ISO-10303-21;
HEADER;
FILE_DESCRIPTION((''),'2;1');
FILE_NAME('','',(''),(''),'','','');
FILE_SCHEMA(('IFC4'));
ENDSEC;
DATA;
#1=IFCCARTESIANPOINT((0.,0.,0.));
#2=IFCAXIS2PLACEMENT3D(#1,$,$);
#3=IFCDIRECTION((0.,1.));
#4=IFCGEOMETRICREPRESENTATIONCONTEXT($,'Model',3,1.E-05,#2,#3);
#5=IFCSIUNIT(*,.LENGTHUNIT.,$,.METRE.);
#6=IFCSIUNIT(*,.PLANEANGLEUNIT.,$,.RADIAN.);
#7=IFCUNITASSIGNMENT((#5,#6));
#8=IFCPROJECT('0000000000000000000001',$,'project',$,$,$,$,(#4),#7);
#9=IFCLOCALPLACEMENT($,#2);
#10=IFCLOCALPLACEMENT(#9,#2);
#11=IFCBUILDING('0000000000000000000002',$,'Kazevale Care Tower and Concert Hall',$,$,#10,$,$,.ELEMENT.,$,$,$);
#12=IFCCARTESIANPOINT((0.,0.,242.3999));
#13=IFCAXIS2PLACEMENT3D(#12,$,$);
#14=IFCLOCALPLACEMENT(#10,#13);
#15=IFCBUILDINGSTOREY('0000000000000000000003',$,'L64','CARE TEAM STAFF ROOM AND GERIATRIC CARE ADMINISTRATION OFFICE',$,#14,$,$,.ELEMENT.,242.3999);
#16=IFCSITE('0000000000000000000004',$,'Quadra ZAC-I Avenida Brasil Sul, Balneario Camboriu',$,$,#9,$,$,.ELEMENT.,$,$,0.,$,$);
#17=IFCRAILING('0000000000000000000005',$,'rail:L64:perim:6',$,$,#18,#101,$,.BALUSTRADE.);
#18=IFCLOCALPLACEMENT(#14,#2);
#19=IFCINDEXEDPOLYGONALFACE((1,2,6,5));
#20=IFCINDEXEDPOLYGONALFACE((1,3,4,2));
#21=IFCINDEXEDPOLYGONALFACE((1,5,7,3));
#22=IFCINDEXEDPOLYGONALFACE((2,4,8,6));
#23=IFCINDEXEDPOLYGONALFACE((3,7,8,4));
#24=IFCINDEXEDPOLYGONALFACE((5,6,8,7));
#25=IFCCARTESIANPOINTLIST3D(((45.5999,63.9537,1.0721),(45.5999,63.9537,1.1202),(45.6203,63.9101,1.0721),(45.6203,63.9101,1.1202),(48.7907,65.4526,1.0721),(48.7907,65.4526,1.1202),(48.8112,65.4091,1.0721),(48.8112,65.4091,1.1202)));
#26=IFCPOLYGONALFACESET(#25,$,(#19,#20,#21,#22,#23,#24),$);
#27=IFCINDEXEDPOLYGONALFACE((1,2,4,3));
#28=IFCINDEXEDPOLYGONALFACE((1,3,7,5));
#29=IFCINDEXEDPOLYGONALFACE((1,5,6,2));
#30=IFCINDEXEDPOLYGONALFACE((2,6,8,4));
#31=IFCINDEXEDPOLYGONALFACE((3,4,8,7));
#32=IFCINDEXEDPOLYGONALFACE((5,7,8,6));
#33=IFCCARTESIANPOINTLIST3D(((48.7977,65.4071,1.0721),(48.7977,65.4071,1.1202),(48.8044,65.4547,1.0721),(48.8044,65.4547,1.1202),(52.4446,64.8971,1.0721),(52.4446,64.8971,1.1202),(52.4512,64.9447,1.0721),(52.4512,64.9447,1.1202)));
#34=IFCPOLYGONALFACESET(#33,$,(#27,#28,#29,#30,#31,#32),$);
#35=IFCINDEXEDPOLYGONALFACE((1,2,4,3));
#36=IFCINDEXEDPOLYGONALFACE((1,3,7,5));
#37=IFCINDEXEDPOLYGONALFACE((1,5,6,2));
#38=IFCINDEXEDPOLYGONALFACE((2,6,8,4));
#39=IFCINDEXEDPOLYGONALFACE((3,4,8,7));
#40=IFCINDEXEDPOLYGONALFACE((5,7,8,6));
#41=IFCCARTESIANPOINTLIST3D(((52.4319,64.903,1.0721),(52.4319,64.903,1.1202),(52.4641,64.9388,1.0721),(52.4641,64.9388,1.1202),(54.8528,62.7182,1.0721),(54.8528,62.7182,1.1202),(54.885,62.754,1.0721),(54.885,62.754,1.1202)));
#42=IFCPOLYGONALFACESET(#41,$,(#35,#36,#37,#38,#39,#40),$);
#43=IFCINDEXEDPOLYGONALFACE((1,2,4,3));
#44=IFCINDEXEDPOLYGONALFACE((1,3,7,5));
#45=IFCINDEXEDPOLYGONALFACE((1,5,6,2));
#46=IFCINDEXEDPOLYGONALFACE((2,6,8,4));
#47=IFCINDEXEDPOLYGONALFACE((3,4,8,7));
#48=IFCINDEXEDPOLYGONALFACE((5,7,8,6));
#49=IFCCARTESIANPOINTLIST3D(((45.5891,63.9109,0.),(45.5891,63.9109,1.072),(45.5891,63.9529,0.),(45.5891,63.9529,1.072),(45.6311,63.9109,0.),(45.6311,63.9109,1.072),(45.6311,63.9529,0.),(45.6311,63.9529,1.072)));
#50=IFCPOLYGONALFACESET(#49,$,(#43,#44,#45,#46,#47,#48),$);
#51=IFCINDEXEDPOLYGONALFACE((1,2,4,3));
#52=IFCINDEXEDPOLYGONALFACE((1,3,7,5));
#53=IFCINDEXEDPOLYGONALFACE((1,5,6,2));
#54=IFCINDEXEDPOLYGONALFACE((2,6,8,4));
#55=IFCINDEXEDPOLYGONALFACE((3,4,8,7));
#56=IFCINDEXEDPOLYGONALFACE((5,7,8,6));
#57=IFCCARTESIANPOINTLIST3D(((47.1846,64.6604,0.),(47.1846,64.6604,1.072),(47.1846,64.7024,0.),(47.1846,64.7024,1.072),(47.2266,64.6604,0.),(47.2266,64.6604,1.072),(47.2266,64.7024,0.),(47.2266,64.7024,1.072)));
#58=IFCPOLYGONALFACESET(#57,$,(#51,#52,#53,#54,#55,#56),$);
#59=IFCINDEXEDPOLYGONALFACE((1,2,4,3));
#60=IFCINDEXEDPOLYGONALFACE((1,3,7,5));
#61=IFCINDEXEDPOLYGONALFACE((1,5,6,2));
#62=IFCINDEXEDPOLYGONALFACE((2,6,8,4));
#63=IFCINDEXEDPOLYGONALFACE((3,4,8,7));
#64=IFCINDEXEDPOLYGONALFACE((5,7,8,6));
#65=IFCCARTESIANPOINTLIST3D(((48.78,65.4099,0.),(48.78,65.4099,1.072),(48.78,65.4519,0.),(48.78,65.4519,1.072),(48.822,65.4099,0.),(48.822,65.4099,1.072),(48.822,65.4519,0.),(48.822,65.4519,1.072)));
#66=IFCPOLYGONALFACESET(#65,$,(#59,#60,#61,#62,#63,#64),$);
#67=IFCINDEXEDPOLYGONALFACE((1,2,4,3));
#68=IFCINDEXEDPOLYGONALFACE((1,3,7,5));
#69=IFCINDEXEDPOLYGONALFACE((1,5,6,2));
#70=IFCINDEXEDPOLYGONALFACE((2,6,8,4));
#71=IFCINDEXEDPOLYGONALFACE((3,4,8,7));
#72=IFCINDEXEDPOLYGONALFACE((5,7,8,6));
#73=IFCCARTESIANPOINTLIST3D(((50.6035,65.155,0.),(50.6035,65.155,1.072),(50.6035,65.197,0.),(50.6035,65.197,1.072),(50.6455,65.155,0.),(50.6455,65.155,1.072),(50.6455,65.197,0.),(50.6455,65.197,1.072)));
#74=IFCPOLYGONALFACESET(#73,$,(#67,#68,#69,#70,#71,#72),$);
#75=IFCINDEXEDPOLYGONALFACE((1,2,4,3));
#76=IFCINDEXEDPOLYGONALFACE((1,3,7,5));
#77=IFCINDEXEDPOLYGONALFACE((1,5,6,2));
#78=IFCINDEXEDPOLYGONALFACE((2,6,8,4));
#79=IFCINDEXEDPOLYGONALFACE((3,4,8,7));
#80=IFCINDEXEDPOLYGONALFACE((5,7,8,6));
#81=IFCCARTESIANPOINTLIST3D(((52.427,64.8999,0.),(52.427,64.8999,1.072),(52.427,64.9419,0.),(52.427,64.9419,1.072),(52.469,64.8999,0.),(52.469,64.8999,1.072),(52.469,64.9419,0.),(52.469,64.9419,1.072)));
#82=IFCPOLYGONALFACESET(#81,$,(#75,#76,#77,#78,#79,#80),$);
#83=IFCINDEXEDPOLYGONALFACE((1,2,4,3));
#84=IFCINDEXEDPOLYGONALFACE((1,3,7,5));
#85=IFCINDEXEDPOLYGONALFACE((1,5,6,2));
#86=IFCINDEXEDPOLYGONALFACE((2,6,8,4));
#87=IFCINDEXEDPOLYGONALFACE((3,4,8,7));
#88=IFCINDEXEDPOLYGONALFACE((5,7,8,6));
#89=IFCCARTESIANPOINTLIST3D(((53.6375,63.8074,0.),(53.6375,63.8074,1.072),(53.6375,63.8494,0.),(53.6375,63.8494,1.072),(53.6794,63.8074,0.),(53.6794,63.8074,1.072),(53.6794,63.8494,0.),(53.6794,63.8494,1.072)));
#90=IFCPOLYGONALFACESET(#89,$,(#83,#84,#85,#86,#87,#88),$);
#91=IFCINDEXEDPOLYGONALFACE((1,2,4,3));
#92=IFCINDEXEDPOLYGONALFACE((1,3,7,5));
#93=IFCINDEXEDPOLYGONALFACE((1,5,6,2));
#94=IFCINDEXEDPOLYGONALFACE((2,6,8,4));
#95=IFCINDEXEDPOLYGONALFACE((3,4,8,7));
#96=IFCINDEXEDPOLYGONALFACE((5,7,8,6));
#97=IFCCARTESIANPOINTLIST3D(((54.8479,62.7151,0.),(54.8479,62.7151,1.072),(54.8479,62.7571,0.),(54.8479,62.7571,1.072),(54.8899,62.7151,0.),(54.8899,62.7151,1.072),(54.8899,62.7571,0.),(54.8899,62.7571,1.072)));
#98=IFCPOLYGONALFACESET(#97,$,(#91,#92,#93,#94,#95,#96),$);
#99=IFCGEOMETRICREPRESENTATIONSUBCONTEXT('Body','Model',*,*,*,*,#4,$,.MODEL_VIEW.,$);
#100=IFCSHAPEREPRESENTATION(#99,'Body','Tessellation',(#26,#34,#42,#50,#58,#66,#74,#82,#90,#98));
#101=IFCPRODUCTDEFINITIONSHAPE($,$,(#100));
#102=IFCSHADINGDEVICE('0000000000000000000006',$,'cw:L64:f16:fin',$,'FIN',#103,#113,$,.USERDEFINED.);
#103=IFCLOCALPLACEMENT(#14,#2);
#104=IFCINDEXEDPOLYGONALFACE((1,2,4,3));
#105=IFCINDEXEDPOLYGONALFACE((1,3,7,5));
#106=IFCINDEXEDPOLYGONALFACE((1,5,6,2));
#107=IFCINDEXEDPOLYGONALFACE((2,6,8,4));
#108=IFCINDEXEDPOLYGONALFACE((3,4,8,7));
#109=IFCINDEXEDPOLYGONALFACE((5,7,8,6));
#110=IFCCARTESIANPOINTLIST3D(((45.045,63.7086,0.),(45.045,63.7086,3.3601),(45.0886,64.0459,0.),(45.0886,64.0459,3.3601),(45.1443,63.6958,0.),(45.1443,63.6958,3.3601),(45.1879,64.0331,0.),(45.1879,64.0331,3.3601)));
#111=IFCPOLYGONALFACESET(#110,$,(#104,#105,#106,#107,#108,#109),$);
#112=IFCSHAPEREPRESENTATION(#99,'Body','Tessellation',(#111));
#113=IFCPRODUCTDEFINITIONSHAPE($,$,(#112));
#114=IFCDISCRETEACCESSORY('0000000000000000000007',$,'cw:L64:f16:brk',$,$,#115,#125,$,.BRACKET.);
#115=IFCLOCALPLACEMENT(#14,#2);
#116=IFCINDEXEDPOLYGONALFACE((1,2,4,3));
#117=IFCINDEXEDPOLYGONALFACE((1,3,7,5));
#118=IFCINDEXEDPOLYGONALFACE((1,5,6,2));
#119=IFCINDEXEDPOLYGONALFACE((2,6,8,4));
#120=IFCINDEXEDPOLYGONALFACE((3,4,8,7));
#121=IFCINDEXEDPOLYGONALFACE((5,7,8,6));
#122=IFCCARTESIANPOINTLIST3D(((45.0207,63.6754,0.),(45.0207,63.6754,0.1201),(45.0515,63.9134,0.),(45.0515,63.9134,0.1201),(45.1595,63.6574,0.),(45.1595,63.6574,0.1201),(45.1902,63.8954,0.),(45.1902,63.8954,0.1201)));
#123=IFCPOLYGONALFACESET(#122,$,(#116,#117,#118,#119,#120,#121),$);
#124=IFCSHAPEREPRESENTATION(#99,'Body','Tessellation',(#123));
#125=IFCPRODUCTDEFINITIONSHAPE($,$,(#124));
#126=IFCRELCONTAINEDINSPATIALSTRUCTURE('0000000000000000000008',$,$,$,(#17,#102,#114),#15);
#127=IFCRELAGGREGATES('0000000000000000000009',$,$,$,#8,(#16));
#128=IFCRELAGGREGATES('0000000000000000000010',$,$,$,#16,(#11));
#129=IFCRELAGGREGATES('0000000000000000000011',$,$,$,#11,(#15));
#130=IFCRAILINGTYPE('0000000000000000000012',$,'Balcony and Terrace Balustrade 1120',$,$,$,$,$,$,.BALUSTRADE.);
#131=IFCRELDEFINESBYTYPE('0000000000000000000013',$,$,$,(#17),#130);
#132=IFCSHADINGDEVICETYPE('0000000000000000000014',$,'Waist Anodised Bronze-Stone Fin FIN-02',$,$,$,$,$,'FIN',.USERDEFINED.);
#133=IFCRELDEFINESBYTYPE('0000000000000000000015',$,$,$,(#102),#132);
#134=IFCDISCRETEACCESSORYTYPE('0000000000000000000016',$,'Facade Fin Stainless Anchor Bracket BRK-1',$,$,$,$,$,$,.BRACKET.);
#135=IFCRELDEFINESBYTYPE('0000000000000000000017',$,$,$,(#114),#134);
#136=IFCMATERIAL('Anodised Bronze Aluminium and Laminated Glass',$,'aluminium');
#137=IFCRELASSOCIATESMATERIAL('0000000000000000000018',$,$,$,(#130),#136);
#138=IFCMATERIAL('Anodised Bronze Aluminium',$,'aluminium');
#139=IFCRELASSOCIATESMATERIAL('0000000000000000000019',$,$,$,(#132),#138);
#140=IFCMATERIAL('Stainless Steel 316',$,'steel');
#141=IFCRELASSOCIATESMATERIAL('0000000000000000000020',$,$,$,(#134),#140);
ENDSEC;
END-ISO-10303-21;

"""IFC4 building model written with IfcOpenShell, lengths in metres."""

from ifc_helpers import new_model, si_unit, direction, frame, origin, origin_2d, place, context, subcontext, project, spatial, rectangle, extrude, material, type_object, element, save


model = new_model("IFC4")

# Units and contexts
model_context = context("Model", 3, precision=1e-05, world=origin(), true_north=direction((0.0, 1.0)))
body_context = subcontext(model_context, "Body", "Model", "MODEL_VIEW")
ifc_project = project(units=[si_unit("LENGTHUNIT", "METRE"), si_unit("PLANEANGLEUNIT", "RADIAN")], contexts=[model_context])

# Site, building, storey
site_placement = place(None, origin())
site = spatial("IfcSite", under=ifc_project, at=site_placement, Name="Quadra ZAC-I Avenida Brasil Sul, Balneario Camboriu", CompositionType="ELEMENT", RefElevation=0.0)
building_placement = place(site_placement, origin())
building = spatial("IfcBuilding", under=site, at=building_placement, Name="Kazevale Care Tower and Concert Hall", CompositionType="ELEMENT")
storey_placement = place(building_placement, frame((0.0, 0.0, 242.3999)))
storey = spatial("IfcBuildingStorey", under=building, at=storey_placement, Name="L64", Description="CARE TEAM STAFF ROOM AND GERIATRIC CARE ADMINISTRATION OFFICE", CompositionType="ELEMENT", Elevation=242.3999)

# Railing
ifc_material_1 = material(Name="Anodised Bronze Aluminium and Laminated Glass", Category="aluminium")
railing_type = type_object("IfcRailingType", Name="Balcony and Terrace Balustrade 1120", PredefinedType="BALUSTRADE", material=ifc_material_1)
railing_placement = place(storey_placement, frame((45.6101, 63.9319, 0.0)))
element("IfcRailing", 1, at=railing_placement, inside=storey, type_object=railing_type, Name="rail:L64:perim:6", PredefinedType="BALUSTRADE", context=body_context, shape_type="SweptSolid", body=[
    extrude(rectangle(XDim=0.0481, YDim=0.0481, at=origin_2d()), frame((0.0, 0.0, 1.0962), z_axis=(0.905101, 0.425197, 0.0), x_axis=(-0.425197, 0.905101, 0.0)), (0.0, 0.0, 1.0), 3.5254),
    extrude(rectangle(XDim=0.0481, YDim=0.0481, at=origin_2d()), frame((3.1909, 1.499, 1.0962), z_axis=(0.990363, -0.138497, 0.0), x_axis=(0.138497, 0.990363, 0.0)), (0.0, 0.0, 1.0), 3.6824),
    extrude(rectangle(XDim=0.0481, YDim=0.0481, at=origin_2d()), frame((6.8379, 0.989, 1.0962), z_axis=(0.742378, -0.669982, 0.0), x_axis=(0.669982, 0.742378, 0.0)), (0.0, 0.0, 1.0), 3.261),
    extrude(rectangle(XDim=0.042, YDim=0.042, at=origin_2d()), origin(), (0.0, 0.0, 1.0), 1.072),
    extrude(rectangle(XDim=0.042, YDim=0.042, at=origin_2d()), frame((1.5955, 0.7495, 0.0)), (0.0, 0.0, 1.0), 1.072),
    extrude(rectangle(XDim=0.042, YDim=0.042, at=origin_2d()), frame((3.1909, 1.499, 0.0)), (0.0, 0.0, 1.0), 1.072),
    extrude(rectangle(XDim=0.042, YDim=0.042, at=origin_2d()), frame((5.0144, 1.2441, 0.0)), (0.0, 0.0, 1.0), 1.072),
    extrude(rectangle(XDim=0.042, YDim=0.042, at=origin_2d()), frame((6.8379, 0.989, 0.0)), (0.0, 0.0, 1.0), 1.072),
    extrude(rectangle(XDim=0.042, YDim=0.042, at=origin_2d()), frame((8.0483, -0.1035, 0.0)), (0.0, 0.0, 1.0), 1.072),
    extrude(rectangle(XDim=0.042, YDim=0.042, at=origin_2d()), frame((9.2588, -1.1958, 0.0)), (0.0, 0.0, 1.0), 1.072),
])

# Shading device
ifc_material_2 = material(Name="Anodised Bronze Aluminium", Category="aluminium")
shading_device_type = type_object("IfcShadingDeviceType", Name="Waist Anodised Bronze-Stone Fin FIN-02", ElementType="FIN", PredefinedType="USERDEFINED", material=ifc_material_2)
shading_device_placement = place(storey_placement, frame((45.1165, 63.8708, 0.0), z_axis=(0.0, 0.0, 1.0), x_axis=(0.128103, 0.991761, 0.0)))
element("IfcShadingDevice", 2, at=shading_device_placement, inside=storey, type_object=shading_device_type, Name="cw:L64:f16:fin", ObjectType="FIN", PredefinedType="USERDEFINED", context=body_context, shape_type="SweptSolid", body=[
    extrude(rectangle(XDim=0.3401, YDim=0.1001, at=origin_2d()), origin(), (0.0, 0.0, 1.0), 3.3601),
])

# Discrete accessory
ifc_material_3 = material(Name="Stainless Steel 316", Category="steel")
discrete_accessory_type = type_object("IfcDiscreteAccessoryType", Name="Facade Fin Stainless Anchor Bracket BRK-1", PredefinedType="BRACKET", material=ifc_material_3)
discrete_accessory_placement = place(storey_placement, frame((45.1055, 63.7854, 0.0), z_axis=(0.0, 0.0, 1.0), x_axis=(0.128103, 0.991761, 0.0)))
element("IfcDiscreteAccessory", 3, at=discrete_accessory_placement, inside=storey, type_object=discrete_accessory_type, Name="cw:L64:f16:brk", PredefinedType="BRACKET", context=body_context, shape_type="SweptSolid", body=[
    extrude(rectangle(XDim=0.24, YDim=0.1399, at=origin_2d()), origin(), (0.0, 0.0, 1.0), 0.1201),
])

save(model, "model.ifc")
